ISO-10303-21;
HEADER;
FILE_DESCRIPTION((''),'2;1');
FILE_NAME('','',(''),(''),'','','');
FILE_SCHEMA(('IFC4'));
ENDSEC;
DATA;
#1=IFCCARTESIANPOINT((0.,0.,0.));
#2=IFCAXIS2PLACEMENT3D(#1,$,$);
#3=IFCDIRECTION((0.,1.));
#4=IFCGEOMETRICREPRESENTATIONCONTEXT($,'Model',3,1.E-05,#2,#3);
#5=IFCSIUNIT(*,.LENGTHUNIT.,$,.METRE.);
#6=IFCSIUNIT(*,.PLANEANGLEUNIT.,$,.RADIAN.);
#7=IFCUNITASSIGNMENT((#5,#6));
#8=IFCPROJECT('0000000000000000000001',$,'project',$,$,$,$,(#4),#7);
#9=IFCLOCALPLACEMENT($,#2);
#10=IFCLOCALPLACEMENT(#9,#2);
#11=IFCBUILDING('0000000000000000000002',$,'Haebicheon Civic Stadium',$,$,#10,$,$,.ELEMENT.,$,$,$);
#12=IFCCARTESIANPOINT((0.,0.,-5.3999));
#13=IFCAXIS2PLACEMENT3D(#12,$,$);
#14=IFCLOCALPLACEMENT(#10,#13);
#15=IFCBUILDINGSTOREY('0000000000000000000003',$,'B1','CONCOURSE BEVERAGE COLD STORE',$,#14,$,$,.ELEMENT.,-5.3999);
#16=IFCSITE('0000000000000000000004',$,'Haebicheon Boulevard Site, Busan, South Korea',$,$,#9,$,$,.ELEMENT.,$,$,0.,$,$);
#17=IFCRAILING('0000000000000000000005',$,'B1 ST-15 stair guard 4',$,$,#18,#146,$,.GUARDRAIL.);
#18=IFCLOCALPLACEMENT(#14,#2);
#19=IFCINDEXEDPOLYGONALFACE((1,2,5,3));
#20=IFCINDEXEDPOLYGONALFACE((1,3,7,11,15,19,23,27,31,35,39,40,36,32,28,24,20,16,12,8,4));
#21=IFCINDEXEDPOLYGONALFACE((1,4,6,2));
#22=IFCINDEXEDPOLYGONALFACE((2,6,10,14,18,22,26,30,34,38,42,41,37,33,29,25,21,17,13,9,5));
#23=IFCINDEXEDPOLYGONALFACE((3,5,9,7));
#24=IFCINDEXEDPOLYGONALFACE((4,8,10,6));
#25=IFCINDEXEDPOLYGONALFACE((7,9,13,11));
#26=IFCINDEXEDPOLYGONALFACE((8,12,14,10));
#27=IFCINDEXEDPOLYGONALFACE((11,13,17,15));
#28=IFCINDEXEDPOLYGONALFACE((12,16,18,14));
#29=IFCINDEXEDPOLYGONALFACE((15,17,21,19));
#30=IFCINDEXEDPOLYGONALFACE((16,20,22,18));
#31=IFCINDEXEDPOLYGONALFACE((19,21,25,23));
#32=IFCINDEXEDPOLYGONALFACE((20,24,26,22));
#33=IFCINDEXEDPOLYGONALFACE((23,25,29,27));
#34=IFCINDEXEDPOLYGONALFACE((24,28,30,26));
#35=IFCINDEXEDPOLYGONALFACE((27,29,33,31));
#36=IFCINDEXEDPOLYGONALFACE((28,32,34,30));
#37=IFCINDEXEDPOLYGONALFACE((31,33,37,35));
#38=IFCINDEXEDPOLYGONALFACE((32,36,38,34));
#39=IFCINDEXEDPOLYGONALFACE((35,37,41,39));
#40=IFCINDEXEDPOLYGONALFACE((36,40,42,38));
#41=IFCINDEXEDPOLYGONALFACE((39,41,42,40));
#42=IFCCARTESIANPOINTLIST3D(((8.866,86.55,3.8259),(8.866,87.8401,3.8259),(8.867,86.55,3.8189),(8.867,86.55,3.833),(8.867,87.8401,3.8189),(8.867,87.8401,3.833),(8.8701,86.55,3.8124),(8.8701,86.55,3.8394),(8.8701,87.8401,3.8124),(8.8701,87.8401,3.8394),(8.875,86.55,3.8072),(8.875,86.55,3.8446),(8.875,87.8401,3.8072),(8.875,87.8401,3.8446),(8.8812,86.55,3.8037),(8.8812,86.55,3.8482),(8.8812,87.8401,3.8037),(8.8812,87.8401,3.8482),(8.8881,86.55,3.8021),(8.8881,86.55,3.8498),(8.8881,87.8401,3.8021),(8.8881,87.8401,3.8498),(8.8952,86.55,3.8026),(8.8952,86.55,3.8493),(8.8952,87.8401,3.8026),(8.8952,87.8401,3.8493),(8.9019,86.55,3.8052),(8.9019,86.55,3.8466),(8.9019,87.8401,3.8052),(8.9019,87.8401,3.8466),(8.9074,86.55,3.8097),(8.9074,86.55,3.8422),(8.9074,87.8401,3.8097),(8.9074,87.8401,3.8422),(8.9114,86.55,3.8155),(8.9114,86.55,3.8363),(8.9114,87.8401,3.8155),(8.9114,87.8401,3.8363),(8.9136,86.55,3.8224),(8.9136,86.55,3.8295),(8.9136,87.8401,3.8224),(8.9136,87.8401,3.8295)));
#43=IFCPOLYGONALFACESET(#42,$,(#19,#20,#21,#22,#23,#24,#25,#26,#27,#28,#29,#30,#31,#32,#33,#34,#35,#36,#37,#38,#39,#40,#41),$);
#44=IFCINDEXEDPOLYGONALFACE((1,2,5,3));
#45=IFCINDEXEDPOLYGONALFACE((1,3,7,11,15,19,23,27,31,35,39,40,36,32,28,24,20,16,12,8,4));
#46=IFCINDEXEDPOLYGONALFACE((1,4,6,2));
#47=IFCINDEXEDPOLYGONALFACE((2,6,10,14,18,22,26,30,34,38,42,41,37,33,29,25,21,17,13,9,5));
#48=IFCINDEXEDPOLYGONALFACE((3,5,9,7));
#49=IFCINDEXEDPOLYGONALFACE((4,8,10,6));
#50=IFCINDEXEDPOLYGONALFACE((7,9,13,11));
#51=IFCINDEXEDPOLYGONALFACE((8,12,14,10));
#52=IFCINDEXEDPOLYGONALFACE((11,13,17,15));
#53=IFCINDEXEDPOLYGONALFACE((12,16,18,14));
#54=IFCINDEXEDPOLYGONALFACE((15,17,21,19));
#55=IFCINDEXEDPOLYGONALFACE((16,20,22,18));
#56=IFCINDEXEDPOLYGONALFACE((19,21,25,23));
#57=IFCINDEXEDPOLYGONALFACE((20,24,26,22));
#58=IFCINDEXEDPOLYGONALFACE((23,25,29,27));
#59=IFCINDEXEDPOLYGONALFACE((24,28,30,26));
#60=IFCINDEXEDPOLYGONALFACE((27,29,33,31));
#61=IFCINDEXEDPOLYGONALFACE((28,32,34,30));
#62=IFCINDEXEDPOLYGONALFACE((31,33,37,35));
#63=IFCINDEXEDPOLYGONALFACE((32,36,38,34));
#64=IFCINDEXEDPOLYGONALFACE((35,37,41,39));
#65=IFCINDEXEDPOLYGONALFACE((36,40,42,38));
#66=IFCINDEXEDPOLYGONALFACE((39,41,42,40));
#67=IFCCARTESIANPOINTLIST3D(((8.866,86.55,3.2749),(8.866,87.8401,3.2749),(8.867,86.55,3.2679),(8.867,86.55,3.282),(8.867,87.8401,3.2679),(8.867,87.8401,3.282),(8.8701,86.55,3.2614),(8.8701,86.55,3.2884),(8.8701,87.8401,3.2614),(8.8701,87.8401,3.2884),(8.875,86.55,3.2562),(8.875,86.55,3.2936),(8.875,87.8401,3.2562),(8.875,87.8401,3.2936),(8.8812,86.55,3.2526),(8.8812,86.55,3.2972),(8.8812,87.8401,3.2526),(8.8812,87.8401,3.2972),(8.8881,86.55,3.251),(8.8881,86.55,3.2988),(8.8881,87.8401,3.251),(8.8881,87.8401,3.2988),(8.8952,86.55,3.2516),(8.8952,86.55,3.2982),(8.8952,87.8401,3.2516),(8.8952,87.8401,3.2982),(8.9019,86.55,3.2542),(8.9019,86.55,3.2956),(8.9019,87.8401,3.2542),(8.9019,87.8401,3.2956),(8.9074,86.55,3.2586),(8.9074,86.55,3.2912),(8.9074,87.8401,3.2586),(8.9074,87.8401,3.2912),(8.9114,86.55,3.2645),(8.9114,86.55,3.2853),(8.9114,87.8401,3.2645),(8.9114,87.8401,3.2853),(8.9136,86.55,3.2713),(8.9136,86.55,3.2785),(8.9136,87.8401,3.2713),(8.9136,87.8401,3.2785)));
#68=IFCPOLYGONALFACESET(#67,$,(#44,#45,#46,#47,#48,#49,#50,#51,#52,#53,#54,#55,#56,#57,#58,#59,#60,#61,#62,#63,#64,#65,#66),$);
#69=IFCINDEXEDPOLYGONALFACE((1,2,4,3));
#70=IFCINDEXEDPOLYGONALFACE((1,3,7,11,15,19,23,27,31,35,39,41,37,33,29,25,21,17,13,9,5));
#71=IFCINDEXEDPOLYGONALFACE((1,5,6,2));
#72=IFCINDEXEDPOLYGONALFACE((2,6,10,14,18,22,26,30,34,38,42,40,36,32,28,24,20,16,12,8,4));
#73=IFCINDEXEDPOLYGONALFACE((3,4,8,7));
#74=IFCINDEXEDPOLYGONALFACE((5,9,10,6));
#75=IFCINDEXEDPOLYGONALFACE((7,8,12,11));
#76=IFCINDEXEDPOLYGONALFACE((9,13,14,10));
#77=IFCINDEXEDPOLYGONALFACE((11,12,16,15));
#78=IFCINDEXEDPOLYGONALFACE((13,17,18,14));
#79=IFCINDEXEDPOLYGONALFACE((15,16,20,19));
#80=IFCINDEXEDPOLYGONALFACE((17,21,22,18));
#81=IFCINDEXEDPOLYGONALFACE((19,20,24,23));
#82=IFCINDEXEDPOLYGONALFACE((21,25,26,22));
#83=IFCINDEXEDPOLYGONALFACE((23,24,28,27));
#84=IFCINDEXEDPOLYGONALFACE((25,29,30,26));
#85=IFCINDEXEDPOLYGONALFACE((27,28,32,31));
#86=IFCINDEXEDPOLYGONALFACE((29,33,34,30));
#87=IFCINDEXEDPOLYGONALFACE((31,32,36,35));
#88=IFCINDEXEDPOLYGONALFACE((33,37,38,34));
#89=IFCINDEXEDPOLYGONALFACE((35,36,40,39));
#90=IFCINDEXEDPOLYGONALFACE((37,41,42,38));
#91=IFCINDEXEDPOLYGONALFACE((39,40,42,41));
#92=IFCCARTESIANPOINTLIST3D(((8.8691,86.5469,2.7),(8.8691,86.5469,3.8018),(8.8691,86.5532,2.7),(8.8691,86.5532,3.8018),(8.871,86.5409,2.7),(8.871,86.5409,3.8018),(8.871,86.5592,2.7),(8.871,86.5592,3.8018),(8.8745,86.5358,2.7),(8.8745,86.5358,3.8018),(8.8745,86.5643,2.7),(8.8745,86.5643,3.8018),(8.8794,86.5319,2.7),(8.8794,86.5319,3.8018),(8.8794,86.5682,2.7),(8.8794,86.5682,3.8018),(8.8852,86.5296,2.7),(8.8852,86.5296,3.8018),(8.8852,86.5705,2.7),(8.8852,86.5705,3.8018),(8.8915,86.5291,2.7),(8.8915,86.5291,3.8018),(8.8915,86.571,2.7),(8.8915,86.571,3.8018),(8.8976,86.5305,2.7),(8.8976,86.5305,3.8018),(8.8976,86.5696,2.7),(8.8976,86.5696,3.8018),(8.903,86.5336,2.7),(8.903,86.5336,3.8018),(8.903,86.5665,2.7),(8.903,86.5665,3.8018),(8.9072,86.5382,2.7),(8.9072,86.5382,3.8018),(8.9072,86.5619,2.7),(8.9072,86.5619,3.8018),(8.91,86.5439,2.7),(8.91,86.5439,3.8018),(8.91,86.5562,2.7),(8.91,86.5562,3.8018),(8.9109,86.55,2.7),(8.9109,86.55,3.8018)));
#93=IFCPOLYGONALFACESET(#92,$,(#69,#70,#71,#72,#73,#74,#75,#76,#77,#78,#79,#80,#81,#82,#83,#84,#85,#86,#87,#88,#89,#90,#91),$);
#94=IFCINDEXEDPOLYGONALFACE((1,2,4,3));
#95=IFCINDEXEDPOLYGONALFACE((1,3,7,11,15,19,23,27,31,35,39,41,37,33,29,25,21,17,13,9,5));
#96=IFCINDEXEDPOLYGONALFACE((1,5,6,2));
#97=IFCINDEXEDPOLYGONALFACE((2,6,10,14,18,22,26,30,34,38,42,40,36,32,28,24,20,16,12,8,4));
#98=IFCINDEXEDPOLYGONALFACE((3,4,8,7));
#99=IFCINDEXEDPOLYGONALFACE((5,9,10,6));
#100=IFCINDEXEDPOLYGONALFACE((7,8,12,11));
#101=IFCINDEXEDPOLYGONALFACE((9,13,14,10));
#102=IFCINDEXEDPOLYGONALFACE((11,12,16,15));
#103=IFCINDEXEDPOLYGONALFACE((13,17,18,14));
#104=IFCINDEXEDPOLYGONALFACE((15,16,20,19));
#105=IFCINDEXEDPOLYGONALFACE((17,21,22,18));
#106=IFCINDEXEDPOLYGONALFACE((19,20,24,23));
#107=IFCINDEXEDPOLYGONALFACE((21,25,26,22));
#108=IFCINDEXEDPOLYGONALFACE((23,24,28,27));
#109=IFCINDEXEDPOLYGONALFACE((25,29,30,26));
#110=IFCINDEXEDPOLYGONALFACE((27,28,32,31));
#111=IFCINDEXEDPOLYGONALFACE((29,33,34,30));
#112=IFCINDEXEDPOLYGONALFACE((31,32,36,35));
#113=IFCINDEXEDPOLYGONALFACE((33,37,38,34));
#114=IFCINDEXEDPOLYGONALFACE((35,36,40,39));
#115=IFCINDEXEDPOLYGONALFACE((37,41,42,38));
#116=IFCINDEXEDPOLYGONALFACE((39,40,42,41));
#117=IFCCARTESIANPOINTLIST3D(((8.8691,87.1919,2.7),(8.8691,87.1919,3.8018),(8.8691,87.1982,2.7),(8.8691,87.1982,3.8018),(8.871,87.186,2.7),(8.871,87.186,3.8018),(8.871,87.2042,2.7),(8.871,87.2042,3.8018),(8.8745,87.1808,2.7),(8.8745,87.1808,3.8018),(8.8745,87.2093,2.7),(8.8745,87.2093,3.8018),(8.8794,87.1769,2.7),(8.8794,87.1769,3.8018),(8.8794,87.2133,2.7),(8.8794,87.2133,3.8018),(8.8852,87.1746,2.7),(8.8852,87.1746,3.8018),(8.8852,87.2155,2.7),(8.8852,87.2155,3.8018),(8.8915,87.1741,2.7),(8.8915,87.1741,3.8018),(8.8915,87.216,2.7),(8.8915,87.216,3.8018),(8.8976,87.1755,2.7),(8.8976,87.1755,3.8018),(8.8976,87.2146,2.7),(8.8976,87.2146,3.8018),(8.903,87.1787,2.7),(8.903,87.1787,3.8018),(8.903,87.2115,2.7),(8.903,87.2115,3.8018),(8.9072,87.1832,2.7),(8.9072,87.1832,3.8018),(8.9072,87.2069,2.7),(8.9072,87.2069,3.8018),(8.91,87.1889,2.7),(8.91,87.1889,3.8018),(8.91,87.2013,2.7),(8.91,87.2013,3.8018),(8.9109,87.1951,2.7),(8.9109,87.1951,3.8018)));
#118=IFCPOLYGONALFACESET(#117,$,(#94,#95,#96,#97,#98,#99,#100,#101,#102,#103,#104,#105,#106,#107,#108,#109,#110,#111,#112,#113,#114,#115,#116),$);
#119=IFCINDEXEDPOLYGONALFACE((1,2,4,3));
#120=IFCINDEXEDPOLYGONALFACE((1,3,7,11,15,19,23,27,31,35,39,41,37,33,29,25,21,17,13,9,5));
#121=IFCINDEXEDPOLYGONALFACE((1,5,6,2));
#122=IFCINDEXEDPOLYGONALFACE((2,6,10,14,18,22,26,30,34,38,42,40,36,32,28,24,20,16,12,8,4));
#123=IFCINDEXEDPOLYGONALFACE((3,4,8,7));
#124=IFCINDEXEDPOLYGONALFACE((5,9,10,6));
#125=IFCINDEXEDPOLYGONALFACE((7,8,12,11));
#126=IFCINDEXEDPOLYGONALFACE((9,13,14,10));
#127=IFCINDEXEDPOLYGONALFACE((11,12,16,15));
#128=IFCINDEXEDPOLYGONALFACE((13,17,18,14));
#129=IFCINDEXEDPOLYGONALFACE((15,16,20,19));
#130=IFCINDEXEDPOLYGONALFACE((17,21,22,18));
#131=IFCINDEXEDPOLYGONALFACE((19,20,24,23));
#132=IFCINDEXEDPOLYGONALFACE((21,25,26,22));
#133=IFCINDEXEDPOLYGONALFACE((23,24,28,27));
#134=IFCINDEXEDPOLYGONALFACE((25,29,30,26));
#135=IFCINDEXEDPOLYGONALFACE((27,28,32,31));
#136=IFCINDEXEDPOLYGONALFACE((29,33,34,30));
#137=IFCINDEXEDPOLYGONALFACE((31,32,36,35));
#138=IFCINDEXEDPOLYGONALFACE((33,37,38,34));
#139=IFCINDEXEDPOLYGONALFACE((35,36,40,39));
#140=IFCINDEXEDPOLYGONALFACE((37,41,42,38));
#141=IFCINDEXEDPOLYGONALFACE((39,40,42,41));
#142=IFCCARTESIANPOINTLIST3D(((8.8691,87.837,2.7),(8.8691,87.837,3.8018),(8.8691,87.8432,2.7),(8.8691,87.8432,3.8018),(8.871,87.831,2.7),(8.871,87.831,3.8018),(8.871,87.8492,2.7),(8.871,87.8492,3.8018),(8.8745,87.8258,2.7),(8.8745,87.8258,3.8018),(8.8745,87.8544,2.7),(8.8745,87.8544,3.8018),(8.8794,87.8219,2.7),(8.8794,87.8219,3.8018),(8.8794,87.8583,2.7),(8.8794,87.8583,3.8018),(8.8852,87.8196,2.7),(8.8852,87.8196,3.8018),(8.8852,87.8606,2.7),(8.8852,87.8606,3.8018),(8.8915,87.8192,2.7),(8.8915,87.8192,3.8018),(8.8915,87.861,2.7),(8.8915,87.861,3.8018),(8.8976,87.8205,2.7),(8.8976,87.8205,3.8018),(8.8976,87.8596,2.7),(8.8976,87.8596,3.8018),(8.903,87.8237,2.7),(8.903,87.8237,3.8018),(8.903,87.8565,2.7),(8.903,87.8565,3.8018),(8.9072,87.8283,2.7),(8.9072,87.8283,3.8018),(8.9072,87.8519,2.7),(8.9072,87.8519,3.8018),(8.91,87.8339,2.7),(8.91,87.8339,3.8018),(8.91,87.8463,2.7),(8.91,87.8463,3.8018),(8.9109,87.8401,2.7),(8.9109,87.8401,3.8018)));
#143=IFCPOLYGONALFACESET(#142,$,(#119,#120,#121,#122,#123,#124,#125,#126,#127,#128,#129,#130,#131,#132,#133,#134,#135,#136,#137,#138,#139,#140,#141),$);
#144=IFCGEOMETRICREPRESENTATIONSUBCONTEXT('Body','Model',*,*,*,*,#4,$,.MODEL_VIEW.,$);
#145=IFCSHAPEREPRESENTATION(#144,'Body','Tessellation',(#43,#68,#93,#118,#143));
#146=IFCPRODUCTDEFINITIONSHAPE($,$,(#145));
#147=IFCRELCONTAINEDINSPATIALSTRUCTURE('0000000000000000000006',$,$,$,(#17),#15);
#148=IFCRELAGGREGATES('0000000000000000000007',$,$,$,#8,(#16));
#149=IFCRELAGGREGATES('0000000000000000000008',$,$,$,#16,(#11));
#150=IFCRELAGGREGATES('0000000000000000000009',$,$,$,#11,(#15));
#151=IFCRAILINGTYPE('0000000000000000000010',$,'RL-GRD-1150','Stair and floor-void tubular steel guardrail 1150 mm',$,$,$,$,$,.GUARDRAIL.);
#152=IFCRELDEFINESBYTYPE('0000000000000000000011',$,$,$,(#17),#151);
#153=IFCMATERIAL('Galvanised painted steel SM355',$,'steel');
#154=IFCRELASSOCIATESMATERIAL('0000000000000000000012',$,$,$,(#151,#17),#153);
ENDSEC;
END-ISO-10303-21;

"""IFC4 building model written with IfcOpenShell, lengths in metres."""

from ifc_helpers import new_model, si_unit, direction, frame, origin, origin_2d, place, context, subcontext, project, spatial, circle, extrude, material, type_object, element, save


model = new_model("IFC4")

# Units and contexts
model_context = context("Model", 3, precision=1e-05, world=origin(), true_north=direction((0.0, 1.0)))
body_context = subcontext(model_context, "Body", "Model", "MODEL_VIEW")
ifc_project = project(units=[si_unit("LENGTHUNIT", "METRE"), si_unit("PLANEANGLEUNIT", "RADIAN")], contexts=[model_context])

# Site, building, storey
site_placement = place(None, origin())
site = spatial("IfcSite", under=ifc_project, at=site_placement, Name="Haebicheon Boulevard Site, Busan, South Korea", CompositionType="ELEMENT", RefElevation=0.0)
building_placement = place(site_placement, origin())
building = spatial("IfcBuilding", under=site, at=building_placement, Name="Haebicheon Civic Stadium", CompositionType="ELEMENT")
storey_placement = place(building_placement, frame((0.0, 0.0, -5.3999)))
storey = spatial("IfcBuildingStorey", under=building, at=storey_placement, Name="B1", Description="CONCOURSE BEVERAGE COLD STORE", CompositionType="ELEMENT", Elevation=-5.3999)

# Railing
ifc_material_1 = material(Name="Galvanised painted steel SM355", Category="steel")
railing_type_1 = type_object("IfcRailingType", Name="RL-GRD-1150", Description="Stair and floor-void tubular steel guardrail 1150 mm", PredefinedType="GUARDRAIL", material=ifc_material_1)
railing_1_placement = place(storey_placement, frame((8.8899, 86.55, 2.7)))
element("IfcRailing", 1, at=railing_1_placement, inside=storey, type_object=railing_type_1, material=ifc_material_1, Name="B1 ST-15 stair guard 4", PredefinedType="GUARDRAIL", context=body_context, shape_type="SweptSolid", body=[
    extrude(circle(Radius=0.0239, at=origin_2d()), frame((0.0, 0.0, 1.126), z_axis=(0.0, 1.0, 0.0), x_axis=(-1.0, 0.0, 0.0)), (0.0, 0.0, 1.0), 1.29),
    extrude(circle(Radius=0.0239, at=origin_2d()), frame((0.0, 0.0, 0.575), z_axis=(0.0, 1.0, 0.0), x_axis=(-1.0, 0.0, 0.0)), (0.0, 0.0, 1.0), 1.29),
    extrude(circle(Radius=0.021, at=origin_2d()), origin(), (0.0, 0.0, 1.0), 1.1018),
    extrude(circle(Radius=0.021, at=origin_2d()), frame((0.0, 0.645, 0.0)), (0.0, 0.0, 1.0), 1.1018),
    extrude(circle(Radius=0.021, at=origin_2d()), frame((0.0, 1.29, 0.0)), (0.0, 0.0, 1.0), 1.1018),
])

save(model, "model.ifc")
